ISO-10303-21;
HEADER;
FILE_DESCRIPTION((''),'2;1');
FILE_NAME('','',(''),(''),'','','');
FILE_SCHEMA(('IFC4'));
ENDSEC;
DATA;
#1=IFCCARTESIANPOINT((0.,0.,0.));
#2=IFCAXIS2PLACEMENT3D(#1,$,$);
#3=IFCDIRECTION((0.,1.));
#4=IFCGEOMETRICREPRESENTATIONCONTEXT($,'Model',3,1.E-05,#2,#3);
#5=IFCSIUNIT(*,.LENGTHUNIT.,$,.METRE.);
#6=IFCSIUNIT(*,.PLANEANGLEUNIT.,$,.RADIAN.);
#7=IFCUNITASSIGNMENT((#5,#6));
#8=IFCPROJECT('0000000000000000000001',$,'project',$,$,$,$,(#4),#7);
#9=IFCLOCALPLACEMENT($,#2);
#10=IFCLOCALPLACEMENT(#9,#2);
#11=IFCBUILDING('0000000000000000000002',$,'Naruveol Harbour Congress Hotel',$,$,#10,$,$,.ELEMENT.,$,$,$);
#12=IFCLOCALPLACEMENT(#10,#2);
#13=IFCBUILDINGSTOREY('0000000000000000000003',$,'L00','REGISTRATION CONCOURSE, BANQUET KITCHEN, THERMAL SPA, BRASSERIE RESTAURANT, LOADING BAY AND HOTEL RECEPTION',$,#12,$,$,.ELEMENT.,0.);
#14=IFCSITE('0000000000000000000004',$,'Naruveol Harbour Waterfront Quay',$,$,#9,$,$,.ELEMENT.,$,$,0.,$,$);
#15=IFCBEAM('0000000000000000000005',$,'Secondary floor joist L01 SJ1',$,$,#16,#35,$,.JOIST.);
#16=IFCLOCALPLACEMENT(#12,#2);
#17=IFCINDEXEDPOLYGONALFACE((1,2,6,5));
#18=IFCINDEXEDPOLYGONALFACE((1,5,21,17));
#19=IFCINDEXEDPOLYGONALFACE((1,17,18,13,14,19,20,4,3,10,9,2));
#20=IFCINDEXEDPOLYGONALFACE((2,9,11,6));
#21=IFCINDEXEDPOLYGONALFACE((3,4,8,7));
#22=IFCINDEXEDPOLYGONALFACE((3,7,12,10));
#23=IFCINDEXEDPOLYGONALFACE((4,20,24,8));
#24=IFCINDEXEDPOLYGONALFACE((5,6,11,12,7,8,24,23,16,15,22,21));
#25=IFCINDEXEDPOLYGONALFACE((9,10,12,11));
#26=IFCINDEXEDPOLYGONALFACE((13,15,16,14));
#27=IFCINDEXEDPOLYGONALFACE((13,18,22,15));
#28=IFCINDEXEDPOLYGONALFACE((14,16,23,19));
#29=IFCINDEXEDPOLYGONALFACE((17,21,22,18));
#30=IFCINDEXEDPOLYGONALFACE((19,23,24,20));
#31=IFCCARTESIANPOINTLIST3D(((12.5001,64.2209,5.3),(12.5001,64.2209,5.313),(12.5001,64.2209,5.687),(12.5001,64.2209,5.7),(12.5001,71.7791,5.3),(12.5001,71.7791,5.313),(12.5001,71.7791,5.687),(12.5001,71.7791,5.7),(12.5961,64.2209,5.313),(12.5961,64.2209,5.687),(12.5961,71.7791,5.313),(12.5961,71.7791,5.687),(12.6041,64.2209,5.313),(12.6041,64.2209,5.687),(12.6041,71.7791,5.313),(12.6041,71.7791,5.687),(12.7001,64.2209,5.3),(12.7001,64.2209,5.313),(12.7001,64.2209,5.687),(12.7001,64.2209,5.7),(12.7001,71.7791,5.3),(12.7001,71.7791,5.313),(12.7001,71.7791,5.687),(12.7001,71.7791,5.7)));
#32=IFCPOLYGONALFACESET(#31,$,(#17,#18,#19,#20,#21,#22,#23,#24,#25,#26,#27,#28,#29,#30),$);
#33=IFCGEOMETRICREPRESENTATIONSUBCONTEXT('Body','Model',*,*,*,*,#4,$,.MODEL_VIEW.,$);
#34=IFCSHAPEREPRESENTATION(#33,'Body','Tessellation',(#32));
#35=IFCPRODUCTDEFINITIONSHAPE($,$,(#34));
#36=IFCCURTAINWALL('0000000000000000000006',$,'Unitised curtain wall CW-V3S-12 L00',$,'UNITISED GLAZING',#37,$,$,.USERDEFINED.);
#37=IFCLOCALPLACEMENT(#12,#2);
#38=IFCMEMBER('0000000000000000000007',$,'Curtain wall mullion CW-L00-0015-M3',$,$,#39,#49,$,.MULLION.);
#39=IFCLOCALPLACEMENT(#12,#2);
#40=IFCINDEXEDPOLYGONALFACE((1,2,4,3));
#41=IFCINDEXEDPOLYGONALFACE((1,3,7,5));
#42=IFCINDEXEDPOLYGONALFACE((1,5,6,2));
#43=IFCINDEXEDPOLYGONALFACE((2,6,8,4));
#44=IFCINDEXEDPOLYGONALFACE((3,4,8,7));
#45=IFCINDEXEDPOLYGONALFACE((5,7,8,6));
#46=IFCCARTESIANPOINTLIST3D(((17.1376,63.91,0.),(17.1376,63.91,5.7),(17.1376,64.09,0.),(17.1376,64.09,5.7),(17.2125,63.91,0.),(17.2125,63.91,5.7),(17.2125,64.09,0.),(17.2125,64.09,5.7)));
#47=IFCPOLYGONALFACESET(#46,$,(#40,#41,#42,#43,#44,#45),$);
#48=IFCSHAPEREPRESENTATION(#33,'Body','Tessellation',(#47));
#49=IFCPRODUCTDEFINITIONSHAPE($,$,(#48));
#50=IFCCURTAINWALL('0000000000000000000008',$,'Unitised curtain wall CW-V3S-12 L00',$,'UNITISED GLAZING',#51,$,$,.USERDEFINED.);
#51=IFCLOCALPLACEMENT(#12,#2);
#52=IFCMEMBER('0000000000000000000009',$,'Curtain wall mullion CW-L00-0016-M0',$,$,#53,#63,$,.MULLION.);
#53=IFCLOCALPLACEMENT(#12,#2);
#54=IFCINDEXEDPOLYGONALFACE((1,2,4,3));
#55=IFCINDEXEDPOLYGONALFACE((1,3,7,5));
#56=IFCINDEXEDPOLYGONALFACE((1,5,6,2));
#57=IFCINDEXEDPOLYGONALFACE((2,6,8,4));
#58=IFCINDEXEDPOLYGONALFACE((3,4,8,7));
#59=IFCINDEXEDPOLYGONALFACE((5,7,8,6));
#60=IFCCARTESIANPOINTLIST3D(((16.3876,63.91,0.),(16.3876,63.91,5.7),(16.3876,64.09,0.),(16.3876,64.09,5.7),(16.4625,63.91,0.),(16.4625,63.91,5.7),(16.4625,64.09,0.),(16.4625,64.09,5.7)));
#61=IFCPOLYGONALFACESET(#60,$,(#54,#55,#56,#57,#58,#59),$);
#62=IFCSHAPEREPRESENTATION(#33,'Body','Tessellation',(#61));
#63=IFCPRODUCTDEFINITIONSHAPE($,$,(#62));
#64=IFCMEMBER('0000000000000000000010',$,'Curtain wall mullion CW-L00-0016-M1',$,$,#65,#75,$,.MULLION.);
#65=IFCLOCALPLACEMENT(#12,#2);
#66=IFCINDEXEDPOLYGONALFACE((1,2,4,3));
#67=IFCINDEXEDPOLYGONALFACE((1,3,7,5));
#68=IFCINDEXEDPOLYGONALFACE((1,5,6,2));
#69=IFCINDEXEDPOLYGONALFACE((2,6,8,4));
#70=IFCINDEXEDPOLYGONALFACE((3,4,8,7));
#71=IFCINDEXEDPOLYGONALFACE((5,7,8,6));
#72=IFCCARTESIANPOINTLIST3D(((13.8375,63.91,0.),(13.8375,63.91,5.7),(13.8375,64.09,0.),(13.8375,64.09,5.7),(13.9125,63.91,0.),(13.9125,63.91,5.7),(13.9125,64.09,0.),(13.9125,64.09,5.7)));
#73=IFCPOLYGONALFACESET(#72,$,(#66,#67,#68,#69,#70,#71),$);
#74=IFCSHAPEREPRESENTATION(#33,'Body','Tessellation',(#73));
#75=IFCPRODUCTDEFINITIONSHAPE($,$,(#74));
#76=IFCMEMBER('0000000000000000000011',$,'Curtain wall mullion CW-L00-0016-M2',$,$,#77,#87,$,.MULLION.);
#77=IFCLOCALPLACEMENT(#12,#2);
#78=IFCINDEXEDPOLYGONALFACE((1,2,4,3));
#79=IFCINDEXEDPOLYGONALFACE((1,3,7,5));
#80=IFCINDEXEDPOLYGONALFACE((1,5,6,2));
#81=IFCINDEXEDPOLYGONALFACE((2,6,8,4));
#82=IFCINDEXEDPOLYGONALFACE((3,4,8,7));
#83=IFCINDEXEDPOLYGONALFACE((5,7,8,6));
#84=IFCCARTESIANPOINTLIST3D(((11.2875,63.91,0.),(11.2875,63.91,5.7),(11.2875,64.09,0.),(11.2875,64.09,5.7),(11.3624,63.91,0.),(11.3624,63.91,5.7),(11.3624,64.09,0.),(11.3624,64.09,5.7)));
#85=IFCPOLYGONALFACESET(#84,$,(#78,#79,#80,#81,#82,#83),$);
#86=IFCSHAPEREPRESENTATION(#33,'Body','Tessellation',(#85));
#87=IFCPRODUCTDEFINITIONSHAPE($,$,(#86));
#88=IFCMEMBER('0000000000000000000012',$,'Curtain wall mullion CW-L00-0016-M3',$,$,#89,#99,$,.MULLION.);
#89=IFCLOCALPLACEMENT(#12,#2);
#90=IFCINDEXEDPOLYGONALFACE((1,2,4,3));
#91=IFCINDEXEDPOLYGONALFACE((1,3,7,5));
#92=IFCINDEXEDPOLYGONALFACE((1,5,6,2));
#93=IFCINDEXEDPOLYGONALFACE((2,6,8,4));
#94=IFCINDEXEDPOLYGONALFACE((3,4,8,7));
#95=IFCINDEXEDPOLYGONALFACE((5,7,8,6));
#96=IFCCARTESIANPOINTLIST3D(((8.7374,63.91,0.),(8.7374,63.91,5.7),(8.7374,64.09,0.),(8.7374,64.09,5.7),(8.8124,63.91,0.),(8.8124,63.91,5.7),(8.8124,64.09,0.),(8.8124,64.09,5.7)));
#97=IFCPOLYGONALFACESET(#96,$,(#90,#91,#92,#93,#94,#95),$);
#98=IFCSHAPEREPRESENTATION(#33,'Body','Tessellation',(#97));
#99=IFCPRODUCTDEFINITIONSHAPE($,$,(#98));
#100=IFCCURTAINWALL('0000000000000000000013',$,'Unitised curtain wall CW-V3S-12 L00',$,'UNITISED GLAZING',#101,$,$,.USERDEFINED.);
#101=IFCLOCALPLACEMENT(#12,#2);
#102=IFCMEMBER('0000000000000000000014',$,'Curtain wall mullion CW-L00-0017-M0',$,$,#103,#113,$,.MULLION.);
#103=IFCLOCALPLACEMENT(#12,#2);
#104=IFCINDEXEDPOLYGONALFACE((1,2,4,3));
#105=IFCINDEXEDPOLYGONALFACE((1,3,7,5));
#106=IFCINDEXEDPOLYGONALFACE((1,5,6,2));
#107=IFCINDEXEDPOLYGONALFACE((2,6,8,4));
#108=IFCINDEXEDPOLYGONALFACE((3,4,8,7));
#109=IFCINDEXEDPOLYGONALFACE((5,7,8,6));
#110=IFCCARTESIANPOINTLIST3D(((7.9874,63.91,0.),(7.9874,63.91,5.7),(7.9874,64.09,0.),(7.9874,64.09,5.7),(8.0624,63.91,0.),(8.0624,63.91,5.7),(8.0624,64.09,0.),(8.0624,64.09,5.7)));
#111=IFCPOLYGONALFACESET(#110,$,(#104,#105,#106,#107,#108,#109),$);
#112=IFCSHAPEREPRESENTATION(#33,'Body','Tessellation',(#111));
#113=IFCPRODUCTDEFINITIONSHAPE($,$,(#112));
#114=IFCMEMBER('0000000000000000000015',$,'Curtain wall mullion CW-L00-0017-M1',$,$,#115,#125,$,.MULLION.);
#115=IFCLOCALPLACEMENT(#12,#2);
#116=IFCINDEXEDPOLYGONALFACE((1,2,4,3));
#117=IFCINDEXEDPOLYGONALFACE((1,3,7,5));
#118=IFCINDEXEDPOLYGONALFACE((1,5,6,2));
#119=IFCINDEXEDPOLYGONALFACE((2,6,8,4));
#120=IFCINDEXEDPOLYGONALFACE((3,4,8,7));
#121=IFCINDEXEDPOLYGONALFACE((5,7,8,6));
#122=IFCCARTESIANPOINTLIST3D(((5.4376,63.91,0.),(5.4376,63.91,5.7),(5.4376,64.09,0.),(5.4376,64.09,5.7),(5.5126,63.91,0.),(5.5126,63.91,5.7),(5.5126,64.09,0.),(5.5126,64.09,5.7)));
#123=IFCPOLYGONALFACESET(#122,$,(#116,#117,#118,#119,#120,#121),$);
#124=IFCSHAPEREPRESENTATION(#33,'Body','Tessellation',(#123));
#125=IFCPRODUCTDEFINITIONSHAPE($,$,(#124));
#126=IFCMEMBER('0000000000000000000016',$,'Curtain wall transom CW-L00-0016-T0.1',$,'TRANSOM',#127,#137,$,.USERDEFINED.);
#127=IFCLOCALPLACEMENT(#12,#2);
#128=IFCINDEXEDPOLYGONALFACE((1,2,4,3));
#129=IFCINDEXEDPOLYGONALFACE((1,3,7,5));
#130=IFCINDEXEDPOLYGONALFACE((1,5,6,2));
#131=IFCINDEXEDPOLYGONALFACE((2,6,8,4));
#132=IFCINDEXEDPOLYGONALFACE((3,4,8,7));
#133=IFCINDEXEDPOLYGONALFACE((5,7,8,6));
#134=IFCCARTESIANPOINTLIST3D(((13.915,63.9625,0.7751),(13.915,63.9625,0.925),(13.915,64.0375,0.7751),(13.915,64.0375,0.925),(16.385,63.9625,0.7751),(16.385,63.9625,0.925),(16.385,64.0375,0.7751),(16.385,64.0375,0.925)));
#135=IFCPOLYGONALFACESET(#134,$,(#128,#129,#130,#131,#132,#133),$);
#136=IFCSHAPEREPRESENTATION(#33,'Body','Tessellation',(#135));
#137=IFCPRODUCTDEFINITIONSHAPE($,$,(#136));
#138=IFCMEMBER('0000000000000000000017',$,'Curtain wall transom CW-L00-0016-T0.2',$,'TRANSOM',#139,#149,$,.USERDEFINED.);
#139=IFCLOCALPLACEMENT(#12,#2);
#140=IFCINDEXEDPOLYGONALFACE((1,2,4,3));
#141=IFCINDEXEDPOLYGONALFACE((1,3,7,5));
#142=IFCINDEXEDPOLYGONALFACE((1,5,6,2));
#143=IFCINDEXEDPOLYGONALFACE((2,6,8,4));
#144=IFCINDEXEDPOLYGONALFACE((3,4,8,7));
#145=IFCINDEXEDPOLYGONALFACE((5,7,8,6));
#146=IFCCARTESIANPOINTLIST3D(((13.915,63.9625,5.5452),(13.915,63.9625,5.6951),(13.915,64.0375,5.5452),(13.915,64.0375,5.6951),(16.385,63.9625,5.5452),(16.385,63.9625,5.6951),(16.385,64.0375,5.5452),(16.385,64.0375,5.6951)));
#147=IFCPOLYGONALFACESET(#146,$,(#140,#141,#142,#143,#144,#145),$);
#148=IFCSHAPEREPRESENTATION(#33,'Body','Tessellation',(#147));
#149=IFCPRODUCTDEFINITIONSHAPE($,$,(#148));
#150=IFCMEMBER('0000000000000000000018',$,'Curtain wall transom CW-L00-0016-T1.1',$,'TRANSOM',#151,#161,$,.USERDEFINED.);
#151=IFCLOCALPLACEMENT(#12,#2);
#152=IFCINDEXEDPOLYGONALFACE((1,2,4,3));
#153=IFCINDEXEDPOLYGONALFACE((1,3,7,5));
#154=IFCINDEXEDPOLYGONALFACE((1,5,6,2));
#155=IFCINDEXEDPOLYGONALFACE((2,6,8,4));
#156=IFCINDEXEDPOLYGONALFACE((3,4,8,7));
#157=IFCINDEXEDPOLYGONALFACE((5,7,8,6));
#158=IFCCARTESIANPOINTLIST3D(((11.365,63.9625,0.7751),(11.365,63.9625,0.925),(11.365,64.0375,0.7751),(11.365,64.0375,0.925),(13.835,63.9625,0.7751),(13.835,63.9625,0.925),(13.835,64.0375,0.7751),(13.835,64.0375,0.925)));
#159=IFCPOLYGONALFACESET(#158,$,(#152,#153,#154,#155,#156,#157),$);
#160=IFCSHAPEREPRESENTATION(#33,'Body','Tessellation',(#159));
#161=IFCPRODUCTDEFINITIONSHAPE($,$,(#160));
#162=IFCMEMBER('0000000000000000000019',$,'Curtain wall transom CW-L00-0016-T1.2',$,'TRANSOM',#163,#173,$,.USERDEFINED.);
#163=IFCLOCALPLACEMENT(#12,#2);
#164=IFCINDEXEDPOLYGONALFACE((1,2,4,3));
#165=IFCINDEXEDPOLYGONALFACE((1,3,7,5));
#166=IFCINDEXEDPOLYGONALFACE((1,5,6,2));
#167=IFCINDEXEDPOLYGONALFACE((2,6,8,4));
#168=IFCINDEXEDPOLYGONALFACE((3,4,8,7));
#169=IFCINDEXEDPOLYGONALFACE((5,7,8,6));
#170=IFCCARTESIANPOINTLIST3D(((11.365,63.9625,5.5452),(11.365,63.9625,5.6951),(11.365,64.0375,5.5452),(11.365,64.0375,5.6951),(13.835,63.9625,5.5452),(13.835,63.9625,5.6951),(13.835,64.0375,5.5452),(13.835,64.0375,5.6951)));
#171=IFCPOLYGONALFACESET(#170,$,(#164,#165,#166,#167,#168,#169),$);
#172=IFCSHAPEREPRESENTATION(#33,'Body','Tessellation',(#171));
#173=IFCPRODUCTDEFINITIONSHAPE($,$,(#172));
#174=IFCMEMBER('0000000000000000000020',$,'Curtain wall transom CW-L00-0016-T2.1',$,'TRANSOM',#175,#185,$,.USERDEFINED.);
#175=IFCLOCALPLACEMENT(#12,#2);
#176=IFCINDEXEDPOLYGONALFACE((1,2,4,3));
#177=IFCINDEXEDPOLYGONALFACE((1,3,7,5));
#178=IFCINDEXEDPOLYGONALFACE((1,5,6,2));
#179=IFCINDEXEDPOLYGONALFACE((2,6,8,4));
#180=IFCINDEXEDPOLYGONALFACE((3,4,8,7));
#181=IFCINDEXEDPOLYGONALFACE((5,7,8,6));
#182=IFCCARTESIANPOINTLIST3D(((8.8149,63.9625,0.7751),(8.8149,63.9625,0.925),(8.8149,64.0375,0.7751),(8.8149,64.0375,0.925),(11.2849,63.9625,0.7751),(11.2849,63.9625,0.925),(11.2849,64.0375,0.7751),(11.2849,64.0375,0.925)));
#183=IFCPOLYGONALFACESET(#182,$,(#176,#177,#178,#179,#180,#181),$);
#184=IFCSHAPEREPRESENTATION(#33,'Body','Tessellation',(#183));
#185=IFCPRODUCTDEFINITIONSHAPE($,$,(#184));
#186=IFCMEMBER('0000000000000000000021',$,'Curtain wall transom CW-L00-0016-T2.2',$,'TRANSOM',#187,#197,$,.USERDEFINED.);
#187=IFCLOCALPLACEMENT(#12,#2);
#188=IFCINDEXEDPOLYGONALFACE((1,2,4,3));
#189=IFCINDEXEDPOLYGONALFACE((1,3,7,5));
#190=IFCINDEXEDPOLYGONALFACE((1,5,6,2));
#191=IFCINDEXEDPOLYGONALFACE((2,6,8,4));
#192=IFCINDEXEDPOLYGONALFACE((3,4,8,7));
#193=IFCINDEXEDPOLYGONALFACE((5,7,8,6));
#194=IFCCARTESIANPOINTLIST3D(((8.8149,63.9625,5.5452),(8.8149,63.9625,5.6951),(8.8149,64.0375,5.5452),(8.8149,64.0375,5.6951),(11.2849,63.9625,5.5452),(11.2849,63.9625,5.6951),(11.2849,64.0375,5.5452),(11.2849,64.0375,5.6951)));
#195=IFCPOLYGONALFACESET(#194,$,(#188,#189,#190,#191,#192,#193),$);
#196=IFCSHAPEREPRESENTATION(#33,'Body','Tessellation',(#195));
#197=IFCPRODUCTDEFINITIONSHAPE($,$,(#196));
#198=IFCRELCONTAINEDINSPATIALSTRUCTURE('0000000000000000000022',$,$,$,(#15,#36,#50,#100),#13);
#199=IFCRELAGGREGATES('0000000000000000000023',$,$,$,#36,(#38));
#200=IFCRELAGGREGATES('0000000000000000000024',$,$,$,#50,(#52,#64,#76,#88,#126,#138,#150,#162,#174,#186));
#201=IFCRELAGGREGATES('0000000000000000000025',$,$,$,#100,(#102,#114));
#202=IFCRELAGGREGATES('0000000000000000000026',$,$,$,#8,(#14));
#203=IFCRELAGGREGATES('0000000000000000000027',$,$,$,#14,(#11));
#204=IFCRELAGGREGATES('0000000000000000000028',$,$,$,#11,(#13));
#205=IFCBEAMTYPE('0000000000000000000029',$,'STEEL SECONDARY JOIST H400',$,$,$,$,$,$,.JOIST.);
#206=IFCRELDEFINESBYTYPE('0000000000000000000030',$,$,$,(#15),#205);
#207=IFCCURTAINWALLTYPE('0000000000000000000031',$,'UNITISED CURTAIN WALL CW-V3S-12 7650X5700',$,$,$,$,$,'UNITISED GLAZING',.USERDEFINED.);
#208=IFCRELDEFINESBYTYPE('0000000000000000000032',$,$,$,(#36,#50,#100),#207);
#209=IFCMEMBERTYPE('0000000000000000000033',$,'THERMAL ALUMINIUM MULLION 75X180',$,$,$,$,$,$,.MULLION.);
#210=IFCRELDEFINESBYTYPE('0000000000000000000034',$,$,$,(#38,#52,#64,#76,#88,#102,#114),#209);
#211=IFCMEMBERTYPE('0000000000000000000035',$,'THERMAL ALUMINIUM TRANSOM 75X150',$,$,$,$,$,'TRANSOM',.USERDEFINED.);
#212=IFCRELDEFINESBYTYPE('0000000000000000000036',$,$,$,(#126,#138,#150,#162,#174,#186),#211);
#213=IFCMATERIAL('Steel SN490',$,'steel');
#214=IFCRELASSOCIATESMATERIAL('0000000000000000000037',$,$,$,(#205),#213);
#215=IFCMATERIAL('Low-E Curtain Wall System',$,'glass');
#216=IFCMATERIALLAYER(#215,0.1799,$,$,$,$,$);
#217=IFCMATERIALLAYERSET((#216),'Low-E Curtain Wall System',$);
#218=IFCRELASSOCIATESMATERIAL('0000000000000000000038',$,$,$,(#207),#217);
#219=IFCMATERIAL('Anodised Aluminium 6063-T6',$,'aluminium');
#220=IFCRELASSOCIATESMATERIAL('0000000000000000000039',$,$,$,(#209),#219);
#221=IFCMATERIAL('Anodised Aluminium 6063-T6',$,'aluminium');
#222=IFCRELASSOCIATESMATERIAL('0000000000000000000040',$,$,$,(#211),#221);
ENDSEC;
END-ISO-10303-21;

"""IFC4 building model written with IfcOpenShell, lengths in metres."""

from ifc_helpers import new_model, si_unit, direction, frame, origin, origin_2d, place, context, subcontext, project, spatial, rectangle, i_section, extrude, material, layer, layer_set, material_profile, profile_set, type_object, element, aggregate, save


model = new_model("IFC4")

# Units and contexts
model_context = context("Model", 3, precision=1e-05, world=origin(), true_north=direction((0.0, 1.0)))
body_context = subcontext(model_context, "Body", "Model", "MODEL_VIEW")
ifc_project = project(units=[si_unit("LENGTHUNIT", "METRE"), si_unit("PLANEANGLEUNIT", "RADIAN")], contexts=[model_context])

# Site, building, storey
site_placement = place(None, origin())
site = spatial("IfcSite", under=ifc_project, at=site_placement, Name="Naruveol Harbour Waterfront Quay", CompositionType="ELEMENT", RefElevation=0.0)
building_placement = place(site_placement, origin())
building = spatial("IfcBuilding", under=site, at=building_placement, Name="Naruveol Harbour Congress Hotel", CompositionType="ELEMENT")
storey_placement = place(building_placement, origin())
storey = spatial("IfcBuildingStorey", under=building, at=storey_placement, Name="L00", Description="REGISTRATION CONCOURSE, BANQUET KITCHEN, THERMAL SPA, BRASSERIE RESTAURANT, LOADING BAY AND HOTEL RECEPTION", CompositionType="ELEMENT", Elevation=0.0)

# Beam
ifc_material_1 = material(Name="Steel SN490", Category="steel")
ifc_material_profile_1 = material_profile(ifc_material_1, i_section(OverallWidth=0.2, OverallDepth=0.3999, WebThickness=0.0081, FlangeThickness=0.0129, at=origin_2d()), Name="H-400x200x8x13")
ifc_profile_set_1 = profile_set([ifc_material_profile_1], Name="Steel SN490")
beam_type_1 = type_object("IfcBeamType", Name="STEEL SECONDARY JOIST H400", PredefinedType="JOIST", material=ifc_profile_set_1)
for number, where, z_axis, x_axis, name in (
    (1, (12.6001, 64.2209, 5.5), (0.0, 1.0, 0.0), (-1.0, 0.0, 0.0), "Secondary floor joist L01 SJ1"),
):
    element("IfcBeam", number, at=place(storey_placement, frame(where, z_axis=z_axis, x_axis=x_axis)), inside=storey, type_object=beam_type_1, Name=name, PredefinedType="JOIST", context=body_context, shape_type="SweptSolid", body=[
        extrude(i_section(OverallWidth=0.2, OverallDepth=0.3999, WebThickness=0.0081, FlangeThickness=0.0129, at=origin_2d()), origin(), (0.0, 0.0, 1.0), 7.5581),
    ])

# Curtain wall, member
ifc_material_2 = material(Name="Low-E Curtain Wall System", Category="glass")
ifc_layer_1 = layer(ifc_material_2, 0.1799)
ifc_layer_set_1 = layer_set([ifc_layer_1], Name="Low-E Curtain Wall System")
curtain_wall_type = type_object("IfcCurtainWallType", Name="UNITISED CURTAIN WALL CW-V3S-12 7650X5700", ElementType="UNITISED GLAZING", PredefinedType="USERDEFINED", material=ifc_layer_set_1)
curtain_wall_1_placement = place(storey_placement, origin())
curtain_wall_1 = element("IfcCurtainWall", 2, at=curtain_wall_1_placement, inside=storey, type_object=curtain_wall_type, Name="Unitised curtain wall CW-V3S-12 L00", ObjectType="UNITISED GLAZING", PredefinedType="USERDEFINED")
ifc_material_3 = material(Name="Anodised Aluminium 6063-T6", Category="aluminium")
ifc_material_profile_2 = material_profile(ifc_material_3, rectangle(XDim=0.075, YDim=0.1799, at=origin_2d()), Name="ALU-75x180")
ifc_profile_set_2 = profile_set([ifc_material_profile_2], Name="Anodised Aluminium 6063-T6")
member_type_1 = type_object("IfcMemberType", Name="THERMAL ALUMINIUM MULLION 75X180", PredefinedType="MULLION", material=ifc_profile_set_2)
member_1_placement = place(storey_placement, frame((17.175, 64.0, 0.0), z_axis=(0.0, 0.0, 1.0), x_axis=(1.0, 0.0, 0.0)))
member_1 = element("IfcMember", 3, at=member_1_placement, type_object=member_type_1, Name="Curtain wall mullion CW-L00-0015-M3", PredefinedType="MULLION", context=body_context, shape_type="SweptSolid", body=[
    extrude(rectangle(XDim=0.075, YDim=0.1799, at=origin_2d()), origin(), (0.0, 0.0, 1.0), 5.7),
])
aggregate(curtain_wall_1, [member_1])

# Curtain walls, members
curtain_wall_2_placement = place(storey_placement, origin())
curtain_wall_2 = element("IfcCurtainWall", 4, at=curtain_wall_2_placement, inside=storey, type_object=curtain_wall_type, Name="Unitised curtain wall CW-V3S-12 L00", ObjectType="UNITISED GLAZING", PredefinedType="USERDEFINED")
member_2_placement = place(storey_placement, frame((16.425, 64.0, 0.0), z_axis=(0.0, 0.0, 1.0), x_axis=(1.0, 0.0, 0.0)))
member_2 = element("IfcMember", 5, at=member_2_placement, type_object=member_type_1, Name="Curtain wall mullion CW-L00-0016-M0", PredefinedType="MULLION", context=body_context, shape_type="SweptSolid", body=[
    extrude(rectangle(XDim=0.075, YDim=0.1799, at=origin_2d()), origin(), (0.0, 0.0, 1.0), 5.7),
])
member_3_placement = place(storey_placement, frame((13.875, 64.0, 0.0), z_axis=(0.0, 0.0, 1.0), x_axis=(1.0, 0.0, 0.0)))
member_3 = element("IfcMember", 6, at=member_3_placement, type_object=member_type_1, Name="Curtain wall mullion CW-L00-0016-M1", PredefinedType="MULLION", context=body_context, shape_type="SweptSolid", body=[
    extrude(rectangle(XDim=0.075, YDim=0.1799, at=origin_2d()), origin(), (0.0, 0.0, 1.0), 5.7),
])
member_4_placement = place(storey_placement, frame((11.325, 64.0, 0.0), z_axis=(0.0, 0.0, 1.0), x_axis=(1.0, 0.0, 0.0)))
member_4 = element("IfcMember", 7, at=member_4_placement, type_object=member_type_1, Name="Curtain wall mullion CW-L00-0016-M2", PredefinedType="MULLION", context=body_context, shape_type="SweptSolid", body=[
    extrude(rectangle(XDim=0.075, YDim=0.1799, at=origin_2d()), origin(), (0.0, 0.0, 1.0), 5.7),
])
member_5_placement = place(storey_placement, frame((8.7749, 64.0, 0.0), z_axis=(0.0, 0.0, 1.0), x_axis=(1.0, 0.0, 0.0)))
member_5 = element("IfcMember", 8, at=member_5_placement, type_object=member_type_1, Name="Curtain wall mullion CW-L00-0016-M3", PredefinedType="MULLION", context=body_context, shape_type="SweptSolid", body=[
    extrude(rectangle(XDim=0.075, YDim=0.1799, at=origin_2d()), origin(), (0.0, 0.0, 1.0), 5.7),
])
curtain_wall_3_placement = place(storey_placement, origin())
curtain_wall_3 = element("IfcCurtainWall", 9, at=curtain_wall_3_placement, inside=storey, type_object=curtain_wall_type, Name="Unitised curtain wall CW-V3S-12 L00", ObjectType="UNITISED GLAZING", PredefinedType="USERDEFINED")
member_6_placement = place(storey_placement, frame((8.0249, 64.0, 0.0), z_axis=(0.0, 0.0, 1.0), x_axis=(1.0, 0.0, 0.0)))
member_6 = element("IfcMember", 10, at=member_6_placement, type_object=member_type_1, Name="Curtain wall mullion CW-L00-0017-M0", PredefinedType="MULLION", context=body_context, shape_type="SweptSolid", body=[
    extrude(rectangle(XDim=0.075, YDim=0.1799, at=origin_2d()), origin(), (0.0, 0.0, 1.0), 5.7),
])
member_7_placement = place(storey_placement, frame((5.4751, 64.0, 0.0), z_axis=(0.0, 0.0, 1.0), x_axis=(1.0, 0.0, 0.0)))
member_7 = element("IfcMember", 11, at=member_7_placement, type_object=member_type_1, Name="Curtain wall mullion CW-L00-0017-M1", PredefinedType="MULLION", context=body_context, shape_type="SweptSolid", body=[
    extrude(rectangle(XDim=0.075, YDim=0.1799, at=origin_2d()), origin(), (0.0, 0.0, 1.0), 5.7),
])

# Members
ifc_material_4 = material(Name="Anodised Aluminium 6063-T6", Category="aluminium")
ifc_material_profile_3 = material_profile(ifc_material_4, rectangle(XDim=0.075, YDim=0.1499, at=origin_2d()), Name="ALU-75x150")
ifc_profile_set_3 = profile_set([ifc_material_profile_3], Name="Anodised Aluminium 6063-T6")
member_type_2 = type_object("IfcMemberType", Name="THERMAL ALUMINIUM TRANSOM 75X150", ElementType="TRANSOM", PredefinedType="USERDEFINED", material=ifc_profile_set_3)
member_8_placement = place(storey_placement, frame((16.385, 64.0, 0.8501), z_axis=(-1.0, 0.0, 0.0), x_axis=(0.0, -1.0, 0.0)))
member_8 = element("IfcMember", 12, at=member_8_placement, type_object=member_type_2, Name="Curtain wall transom CW-L00-0016-T0.1", ObjectType="TRANSOM", PredefinedType="USERDEFINED", context=body_context, shape_type="SweptSolid", body=[
    extrude(rectangle(XDim=0.075, YDim=0.1499, at=origin_2d()), origin(), (0.0, 0.0, 1.0), 2.47),
])
member_9_placement = place(storey_placement, frame((16.385, 64.0, 5.6201), z_axis=(-1.0, 0.0, 0.0), x_axis=(0.0, -1.0, 0.0)))
member_9 = element("IfcMember", 13, at=member_9_placement, type_object=member_type_2, Name="Curtain wall transom CW-L00-0016-T0.2", ObjectType="TRANSOM", PredefinedType="USERDEFINED", context=body_context, shape_type="SweptSolid", body=[
    extrude(rectangle(XDim=0.075, YDim=0.1499, at=origin_2d()), origin(), (0.0, 0.0, 1.0), 2.47),
])
member_10_placement = place(storey_placement, frame((13.835, 64.0, 0.8501), z_axis=(-1.0, 0.0, 0.0), x_axis=(0.0, -1.0, 0.0)))
member_10 = element("IfcMember", 14, at=member_10_placement, type_object=member_type_2, Name="Curtain wall transom CW-L00-0016-T1.1", ObjectType="TRANSOM", PredefinedType="USERDEFINED", context=body_context, shape_type="SweptSolid", body=[
    extrude(rectangle(XDim=0.075, YDim=0.1499, at=origin_2d()), origin(), (0.0, 0.0, 1.0), 2.47),
])
member_11_placement = place(storey_placement, frame((13.835, 64.0, 5.6201), z_axis=(-1.0, 0.0, 0.0), x_axis=(0.0, -1.0, 0.0)))
member_11 = element("IfcMember", 15, at=member_11_placement, type_object=member_type_2, Name="Curtain wall transom CW-L00-0016-T1.2", ObjectType="TRANSOM", PredefinedType="USERDEFINED", context=body_context, shape_type="SweptSolid", body=[
    extrude(rectangle(XDim=0.075, YDim=0.1499, at=origin_2d()), origin(), (0.0, 0.0, 1.0), 2.47),
])
member_12_placement = place(storey_placement, frame((11.2849, 64.0, 0.8501), z_axis=(-1.0, 0.0, 0.0), x_axis=(0.0, -1.0, 0.0)))
member_12 = element("IfcMember", 16, at=member_12_placement, type_object=member_type_2, Name="Curtain wall transom CW-L00-0016-T2.1", ObjectType="TRANSOM", PredefinedType="USERDEFINED", context=body_context, shape_type="SweptSolid", body=[
    extrude(rectangle(XDim=0.075, YDim=0.1499, at=origin_2d()), origin(), (0.0, 0.0, 1.0), 2.47),
])
member_13_placement = place(storey_placement, frame((11.2849, 64.0, 5.6201), z_axis=(-1.0, 0.0, 0.0), x_axis=(0.0, -1.0, 0.0)))
member_13 = element("IfcMember", 17, at=member_13_placement, type_object=member_type_2, Name="Curtain wall transom CW-L00-0016-T2.2", ObjectType="TRANSOM", PredefinedType="USERDEFINED", context=body_context, shape_type="SweptSolid", body=[
    extrude(rectangle(XDim=0.075, YDim=0.1499, at=origin_2d()), origin(), (0.0, 0.0, 1.0), 2.47),
])
aggregate(curtain_wall_2, [member_2, member_3, member_4, member_5, member_8, member_9, member_10, member_11, member_12, member_13])
aggregate(curtain_wall_3, [member_6, member_7])

save(model, "model.ifc")
